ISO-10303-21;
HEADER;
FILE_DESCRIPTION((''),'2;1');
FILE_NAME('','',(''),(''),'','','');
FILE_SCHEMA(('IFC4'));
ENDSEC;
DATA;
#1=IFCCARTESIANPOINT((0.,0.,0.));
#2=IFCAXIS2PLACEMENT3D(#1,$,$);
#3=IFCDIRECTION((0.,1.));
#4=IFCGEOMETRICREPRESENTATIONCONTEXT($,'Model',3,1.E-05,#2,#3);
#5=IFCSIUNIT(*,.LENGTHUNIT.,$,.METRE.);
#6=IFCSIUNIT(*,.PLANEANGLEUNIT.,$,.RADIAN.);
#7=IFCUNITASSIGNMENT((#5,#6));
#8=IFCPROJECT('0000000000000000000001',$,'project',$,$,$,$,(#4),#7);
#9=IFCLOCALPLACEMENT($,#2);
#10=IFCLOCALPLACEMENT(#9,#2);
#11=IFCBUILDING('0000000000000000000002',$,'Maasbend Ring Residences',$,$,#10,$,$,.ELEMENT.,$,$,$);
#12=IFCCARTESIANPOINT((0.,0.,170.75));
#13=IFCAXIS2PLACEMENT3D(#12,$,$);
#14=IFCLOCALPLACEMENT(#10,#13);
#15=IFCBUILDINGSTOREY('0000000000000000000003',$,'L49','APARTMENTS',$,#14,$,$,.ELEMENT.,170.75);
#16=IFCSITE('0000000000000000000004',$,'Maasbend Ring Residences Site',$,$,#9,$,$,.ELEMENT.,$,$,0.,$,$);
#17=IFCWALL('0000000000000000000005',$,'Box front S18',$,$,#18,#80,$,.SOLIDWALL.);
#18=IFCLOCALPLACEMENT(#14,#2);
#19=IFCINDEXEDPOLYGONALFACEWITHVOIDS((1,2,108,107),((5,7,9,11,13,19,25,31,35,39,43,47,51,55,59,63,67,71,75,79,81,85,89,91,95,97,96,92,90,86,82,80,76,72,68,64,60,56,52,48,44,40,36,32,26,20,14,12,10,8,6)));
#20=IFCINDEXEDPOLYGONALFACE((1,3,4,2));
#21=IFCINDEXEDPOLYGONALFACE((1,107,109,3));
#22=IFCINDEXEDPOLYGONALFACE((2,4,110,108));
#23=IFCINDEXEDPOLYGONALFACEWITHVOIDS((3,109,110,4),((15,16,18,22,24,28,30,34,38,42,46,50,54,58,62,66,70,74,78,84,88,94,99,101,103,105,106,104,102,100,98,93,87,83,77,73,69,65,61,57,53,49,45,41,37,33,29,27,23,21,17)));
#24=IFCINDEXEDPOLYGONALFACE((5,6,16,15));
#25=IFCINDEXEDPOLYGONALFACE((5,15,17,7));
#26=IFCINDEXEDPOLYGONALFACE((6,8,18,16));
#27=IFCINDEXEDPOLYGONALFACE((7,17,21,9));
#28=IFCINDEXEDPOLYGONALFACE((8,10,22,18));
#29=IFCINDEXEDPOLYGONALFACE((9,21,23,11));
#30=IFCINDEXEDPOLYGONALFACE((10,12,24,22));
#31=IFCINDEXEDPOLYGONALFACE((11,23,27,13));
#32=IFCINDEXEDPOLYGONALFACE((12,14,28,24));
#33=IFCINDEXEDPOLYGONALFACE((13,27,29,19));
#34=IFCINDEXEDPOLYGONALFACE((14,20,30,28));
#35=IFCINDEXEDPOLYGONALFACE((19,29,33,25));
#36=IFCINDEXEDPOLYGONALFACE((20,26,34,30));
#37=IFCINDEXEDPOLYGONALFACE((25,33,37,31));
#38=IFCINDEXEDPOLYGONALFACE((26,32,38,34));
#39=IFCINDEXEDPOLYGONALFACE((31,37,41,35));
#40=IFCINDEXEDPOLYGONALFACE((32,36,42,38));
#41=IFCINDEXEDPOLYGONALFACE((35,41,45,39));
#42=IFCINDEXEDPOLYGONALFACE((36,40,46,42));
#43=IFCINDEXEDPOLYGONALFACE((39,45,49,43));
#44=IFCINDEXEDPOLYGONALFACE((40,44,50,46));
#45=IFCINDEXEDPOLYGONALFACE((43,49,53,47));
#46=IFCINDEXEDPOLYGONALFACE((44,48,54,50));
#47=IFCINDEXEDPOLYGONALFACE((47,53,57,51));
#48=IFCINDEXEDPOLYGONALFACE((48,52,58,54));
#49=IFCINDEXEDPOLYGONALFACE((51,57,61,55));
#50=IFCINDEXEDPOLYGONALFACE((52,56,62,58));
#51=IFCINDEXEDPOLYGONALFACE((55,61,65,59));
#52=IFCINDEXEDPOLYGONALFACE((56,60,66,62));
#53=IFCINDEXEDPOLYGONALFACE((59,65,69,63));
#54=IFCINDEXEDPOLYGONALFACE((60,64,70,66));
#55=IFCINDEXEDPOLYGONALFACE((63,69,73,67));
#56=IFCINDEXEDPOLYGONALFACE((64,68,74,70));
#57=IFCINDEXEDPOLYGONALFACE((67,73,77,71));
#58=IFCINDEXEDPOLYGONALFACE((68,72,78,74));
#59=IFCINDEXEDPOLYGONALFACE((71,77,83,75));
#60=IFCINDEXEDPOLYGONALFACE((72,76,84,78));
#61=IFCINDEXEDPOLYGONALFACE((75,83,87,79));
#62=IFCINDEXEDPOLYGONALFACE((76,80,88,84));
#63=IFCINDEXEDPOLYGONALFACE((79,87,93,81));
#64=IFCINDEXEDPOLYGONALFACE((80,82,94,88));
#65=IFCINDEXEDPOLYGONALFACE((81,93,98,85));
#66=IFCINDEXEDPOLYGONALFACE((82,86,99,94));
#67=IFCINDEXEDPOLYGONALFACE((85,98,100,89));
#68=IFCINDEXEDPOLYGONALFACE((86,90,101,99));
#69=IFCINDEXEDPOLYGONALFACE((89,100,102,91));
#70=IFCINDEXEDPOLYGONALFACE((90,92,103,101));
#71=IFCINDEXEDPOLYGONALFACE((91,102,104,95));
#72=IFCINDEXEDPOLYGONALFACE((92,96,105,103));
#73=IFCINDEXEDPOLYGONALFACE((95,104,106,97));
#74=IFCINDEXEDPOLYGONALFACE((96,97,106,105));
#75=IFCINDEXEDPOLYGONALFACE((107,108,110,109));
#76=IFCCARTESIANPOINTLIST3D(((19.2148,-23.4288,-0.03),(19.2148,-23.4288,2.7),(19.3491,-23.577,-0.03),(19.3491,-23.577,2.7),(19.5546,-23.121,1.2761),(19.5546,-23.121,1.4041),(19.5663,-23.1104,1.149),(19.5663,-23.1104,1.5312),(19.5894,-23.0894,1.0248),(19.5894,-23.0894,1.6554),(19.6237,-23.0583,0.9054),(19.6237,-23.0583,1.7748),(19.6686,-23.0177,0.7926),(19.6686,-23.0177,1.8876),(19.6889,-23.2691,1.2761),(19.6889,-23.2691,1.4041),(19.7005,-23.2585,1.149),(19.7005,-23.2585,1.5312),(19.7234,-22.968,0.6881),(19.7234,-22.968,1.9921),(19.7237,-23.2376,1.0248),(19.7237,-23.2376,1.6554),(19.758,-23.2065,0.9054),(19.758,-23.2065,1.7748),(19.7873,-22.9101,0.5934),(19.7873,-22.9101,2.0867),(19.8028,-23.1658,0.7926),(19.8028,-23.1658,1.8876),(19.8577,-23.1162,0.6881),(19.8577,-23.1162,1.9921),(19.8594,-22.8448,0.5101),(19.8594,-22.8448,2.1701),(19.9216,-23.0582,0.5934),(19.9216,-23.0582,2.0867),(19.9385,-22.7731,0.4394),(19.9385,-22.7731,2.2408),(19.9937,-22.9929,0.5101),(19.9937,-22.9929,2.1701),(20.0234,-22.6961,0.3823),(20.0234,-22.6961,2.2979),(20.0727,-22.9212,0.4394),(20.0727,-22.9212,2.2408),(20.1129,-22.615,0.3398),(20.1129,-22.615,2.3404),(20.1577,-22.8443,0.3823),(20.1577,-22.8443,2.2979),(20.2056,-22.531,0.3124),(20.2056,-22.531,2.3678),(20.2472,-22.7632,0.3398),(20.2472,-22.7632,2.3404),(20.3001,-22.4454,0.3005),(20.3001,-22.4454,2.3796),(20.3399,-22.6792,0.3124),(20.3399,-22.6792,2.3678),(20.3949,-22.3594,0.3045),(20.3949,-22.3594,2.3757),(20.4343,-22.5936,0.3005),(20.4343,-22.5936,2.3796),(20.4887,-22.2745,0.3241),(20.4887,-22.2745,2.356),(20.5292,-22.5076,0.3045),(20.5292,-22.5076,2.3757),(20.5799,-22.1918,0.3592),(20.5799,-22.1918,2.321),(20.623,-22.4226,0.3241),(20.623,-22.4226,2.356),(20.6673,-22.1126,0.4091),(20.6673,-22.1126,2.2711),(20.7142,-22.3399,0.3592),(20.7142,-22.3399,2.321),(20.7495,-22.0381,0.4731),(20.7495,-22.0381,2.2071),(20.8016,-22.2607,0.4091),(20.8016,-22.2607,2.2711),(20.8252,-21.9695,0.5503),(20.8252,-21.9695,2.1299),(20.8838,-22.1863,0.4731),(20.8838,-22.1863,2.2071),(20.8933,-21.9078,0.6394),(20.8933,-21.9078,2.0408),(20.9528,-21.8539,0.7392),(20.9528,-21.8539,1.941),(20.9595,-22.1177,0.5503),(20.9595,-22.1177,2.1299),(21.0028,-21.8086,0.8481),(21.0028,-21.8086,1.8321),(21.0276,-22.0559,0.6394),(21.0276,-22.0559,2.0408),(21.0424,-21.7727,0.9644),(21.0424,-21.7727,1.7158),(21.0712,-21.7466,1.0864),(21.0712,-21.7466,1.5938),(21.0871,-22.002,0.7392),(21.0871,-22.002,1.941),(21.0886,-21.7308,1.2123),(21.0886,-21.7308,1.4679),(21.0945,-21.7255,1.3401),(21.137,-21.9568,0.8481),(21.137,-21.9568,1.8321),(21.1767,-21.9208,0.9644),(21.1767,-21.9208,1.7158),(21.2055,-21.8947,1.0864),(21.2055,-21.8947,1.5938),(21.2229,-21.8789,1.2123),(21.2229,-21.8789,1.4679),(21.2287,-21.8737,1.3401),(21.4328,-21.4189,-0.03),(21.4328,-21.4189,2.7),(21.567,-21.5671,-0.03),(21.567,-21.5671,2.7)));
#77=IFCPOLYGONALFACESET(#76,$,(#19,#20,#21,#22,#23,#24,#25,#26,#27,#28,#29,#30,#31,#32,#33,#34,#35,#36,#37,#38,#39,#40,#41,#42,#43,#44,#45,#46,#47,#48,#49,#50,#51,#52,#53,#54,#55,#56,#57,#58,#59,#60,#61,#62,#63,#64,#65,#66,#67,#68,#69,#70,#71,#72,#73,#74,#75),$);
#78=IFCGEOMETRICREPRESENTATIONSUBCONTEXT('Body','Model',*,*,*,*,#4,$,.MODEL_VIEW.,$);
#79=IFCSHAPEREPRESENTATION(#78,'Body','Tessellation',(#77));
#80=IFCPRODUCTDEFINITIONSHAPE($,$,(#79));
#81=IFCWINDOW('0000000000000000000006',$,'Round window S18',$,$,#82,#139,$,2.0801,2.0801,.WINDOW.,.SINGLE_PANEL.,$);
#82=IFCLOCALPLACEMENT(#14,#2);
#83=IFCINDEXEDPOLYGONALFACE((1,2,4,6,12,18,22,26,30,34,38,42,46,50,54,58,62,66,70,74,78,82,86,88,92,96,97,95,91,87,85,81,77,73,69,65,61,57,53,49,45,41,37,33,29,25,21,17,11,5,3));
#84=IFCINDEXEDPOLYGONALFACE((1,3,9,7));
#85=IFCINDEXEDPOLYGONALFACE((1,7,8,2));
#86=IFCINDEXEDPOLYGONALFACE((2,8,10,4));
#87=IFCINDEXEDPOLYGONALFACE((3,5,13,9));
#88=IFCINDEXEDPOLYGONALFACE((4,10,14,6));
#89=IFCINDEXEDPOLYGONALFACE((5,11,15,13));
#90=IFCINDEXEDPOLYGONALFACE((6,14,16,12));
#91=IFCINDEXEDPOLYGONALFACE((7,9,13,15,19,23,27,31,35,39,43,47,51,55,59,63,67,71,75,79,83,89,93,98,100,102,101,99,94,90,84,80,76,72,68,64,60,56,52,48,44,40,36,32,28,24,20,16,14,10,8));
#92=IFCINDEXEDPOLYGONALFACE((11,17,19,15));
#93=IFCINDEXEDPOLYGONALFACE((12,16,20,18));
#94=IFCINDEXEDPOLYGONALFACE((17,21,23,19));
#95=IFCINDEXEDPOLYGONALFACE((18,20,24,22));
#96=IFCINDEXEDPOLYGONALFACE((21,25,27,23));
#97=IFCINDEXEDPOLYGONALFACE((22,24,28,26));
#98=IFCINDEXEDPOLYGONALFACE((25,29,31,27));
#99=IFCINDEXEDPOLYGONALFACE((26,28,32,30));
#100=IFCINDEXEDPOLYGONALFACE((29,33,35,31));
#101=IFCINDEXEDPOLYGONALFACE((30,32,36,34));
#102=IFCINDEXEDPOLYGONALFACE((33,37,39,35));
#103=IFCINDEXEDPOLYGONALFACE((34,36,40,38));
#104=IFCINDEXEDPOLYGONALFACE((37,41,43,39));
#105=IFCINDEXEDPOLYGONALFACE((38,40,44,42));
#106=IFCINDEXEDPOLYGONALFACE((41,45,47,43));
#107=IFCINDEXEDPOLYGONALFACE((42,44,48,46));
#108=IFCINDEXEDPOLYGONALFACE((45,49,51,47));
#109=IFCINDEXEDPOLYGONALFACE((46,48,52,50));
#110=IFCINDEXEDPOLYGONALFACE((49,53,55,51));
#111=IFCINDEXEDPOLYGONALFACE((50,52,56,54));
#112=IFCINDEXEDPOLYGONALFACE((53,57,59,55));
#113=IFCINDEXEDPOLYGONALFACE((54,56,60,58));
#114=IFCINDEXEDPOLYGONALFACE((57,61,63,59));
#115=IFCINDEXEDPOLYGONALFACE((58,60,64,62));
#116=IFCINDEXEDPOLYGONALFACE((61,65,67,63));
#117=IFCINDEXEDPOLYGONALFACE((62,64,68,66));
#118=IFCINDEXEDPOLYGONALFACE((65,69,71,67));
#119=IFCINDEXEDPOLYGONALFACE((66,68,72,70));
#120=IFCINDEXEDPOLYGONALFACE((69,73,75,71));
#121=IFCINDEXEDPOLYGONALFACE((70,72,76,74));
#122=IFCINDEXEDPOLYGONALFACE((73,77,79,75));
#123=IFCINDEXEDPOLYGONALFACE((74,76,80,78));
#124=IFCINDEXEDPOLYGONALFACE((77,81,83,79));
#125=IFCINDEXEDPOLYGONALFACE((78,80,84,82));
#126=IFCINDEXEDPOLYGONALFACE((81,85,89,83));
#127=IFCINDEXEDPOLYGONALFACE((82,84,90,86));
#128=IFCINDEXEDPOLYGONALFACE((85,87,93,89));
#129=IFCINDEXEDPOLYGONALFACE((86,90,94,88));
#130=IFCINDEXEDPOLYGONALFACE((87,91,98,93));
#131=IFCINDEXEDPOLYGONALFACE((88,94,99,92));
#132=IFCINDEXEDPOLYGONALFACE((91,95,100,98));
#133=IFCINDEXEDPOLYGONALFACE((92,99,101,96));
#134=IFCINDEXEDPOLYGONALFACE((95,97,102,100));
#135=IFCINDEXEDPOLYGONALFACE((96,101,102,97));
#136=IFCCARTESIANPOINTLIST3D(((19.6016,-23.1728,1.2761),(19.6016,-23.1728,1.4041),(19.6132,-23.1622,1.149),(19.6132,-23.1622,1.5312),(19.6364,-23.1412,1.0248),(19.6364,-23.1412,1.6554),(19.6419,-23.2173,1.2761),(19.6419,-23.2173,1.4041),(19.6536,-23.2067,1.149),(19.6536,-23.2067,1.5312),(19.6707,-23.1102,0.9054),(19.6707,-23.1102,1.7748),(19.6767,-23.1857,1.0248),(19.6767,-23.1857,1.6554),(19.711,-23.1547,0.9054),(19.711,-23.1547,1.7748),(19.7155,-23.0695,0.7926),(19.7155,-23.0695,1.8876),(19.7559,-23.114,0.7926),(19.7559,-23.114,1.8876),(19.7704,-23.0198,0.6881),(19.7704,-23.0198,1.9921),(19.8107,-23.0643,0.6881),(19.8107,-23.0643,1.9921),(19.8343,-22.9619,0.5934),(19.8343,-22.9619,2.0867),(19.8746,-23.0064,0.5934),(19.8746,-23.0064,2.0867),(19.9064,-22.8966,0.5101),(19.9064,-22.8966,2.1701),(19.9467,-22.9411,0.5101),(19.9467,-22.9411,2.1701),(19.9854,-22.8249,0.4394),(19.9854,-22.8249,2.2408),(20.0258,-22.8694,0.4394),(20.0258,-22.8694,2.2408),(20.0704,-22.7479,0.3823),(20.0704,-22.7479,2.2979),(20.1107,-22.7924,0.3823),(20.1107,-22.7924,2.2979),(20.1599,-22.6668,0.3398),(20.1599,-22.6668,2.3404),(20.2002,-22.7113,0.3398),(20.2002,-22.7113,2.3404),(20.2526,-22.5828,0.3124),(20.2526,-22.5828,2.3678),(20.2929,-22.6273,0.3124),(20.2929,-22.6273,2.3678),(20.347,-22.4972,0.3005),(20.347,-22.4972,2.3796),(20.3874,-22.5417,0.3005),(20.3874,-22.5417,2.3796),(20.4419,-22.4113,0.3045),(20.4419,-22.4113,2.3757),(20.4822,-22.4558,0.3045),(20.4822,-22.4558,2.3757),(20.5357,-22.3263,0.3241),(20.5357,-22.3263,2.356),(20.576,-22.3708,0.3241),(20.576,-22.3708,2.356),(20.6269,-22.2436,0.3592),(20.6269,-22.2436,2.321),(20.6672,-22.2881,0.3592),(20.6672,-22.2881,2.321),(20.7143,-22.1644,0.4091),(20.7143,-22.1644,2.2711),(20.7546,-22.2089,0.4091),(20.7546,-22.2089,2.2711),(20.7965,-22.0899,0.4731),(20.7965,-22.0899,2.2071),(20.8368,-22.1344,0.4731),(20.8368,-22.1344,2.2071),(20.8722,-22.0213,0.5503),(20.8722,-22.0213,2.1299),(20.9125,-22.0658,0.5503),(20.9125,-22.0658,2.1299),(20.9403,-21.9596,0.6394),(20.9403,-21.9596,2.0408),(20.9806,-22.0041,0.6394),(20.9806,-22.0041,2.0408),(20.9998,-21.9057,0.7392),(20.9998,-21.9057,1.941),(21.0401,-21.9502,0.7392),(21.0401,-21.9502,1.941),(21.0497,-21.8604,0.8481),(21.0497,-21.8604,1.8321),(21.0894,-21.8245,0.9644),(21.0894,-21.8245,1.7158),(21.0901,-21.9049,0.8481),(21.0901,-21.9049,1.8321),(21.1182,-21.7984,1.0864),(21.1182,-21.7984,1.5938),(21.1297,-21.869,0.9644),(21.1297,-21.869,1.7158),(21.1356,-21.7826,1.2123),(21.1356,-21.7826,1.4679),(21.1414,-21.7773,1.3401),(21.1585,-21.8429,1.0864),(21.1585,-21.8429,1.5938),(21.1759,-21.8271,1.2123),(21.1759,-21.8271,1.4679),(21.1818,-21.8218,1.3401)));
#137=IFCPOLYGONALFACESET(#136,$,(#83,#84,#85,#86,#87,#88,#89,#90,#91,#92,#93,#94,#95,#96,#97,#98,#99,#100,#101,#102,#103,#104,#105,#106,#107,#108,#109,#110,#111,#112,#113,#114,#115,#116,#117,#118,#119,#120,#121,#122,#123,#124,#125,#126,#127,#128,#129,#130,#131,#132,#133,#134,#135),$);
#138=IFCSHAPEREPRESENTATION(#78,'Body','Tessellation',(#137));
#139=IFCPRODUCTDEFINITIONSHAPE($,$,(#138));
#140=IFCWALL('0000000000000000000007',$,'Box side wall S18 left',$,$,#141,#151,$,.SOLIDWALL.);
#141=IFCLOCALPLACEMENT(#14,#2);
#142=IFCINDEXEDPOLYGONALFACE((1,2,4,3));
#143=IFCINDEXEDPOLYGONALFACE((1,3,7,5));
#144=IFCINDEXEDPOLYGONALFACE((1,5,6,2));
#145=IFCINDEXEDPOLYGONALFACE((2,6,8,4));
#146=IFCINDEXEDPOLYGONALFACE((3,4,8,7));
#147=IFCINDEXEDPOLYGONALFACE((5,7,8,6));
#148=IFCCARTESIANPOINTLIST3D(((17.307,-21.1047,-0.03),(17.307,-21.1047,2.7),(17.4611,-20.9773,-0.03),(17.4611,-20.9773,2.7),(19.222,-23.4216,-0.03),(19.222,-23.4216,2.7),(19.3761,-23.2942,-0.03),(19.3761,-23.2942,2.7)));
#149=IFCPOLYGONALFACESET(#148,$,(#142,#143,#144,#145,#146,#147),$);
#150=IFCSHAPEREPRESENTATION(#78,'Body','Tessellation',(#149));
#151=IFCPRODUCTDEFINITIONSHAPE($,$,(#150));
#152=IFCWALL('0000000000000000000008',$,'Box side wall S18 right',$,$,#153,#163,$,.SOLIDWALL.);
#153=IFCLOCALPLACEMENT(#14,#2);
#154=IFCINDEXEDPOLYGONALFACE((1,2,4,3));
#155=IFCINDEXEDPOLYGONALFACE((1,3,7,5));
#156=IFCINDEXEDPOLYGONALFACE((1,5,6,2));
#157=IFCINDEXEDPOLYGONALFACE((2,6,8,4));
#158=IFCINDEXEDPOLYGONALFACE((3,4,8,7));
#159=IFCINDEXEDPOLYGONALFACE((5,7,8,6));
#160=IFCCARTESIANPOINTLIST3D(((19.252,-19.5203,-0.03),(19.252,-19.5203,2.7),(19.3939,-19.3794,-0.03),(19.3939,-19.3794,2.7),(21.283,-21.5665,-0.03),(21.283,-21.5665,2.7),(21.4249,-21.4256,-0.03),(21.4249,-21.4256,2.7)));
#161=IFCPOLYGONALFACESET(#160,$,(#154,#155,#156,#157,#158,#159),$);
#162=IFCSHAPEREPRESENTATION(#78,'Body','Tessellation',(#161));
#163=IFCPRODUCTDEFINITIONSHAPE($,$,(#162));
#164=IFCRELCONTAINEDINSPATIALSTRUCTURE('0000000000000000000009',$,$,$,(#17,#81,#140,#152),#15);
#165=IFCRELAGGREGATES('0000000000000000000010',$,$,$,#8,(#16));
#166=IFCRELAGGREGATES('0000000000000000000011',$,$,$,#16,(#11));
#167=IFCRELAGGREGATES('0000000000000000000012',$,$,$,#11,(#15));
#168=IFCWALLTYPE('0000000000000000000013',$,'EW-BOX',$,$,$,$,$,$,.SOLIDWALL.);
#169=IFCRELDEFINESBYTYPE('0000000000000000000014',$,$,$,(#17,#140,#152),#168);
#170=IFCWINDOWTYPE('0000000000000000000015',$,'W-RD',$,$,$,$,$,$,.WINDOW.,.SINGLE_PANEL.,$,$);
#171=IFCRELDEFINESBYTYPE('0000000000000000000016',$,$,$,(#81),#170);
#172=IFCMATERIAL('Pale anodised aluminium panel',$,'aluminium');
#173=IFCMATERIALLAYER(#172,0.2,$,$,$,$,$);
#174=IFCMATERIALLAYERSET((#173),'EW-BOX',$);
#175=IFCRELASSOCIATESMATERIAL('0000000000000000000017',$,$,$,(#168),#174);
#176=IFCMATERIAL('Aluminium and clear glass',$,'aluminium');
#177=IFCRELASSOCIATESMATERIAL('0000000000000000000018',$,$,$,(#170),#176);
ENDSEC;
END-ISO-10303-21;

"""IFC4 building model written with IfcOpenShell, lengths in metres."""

from ifc_helpers import new_model, si_unit, direction, frame, frame_2d, origin, place, context, subcontext, project, spatial, rectangle, circle, extrude, material, layer, layer_set, type_object, element, fill, save


model = new_model("IFC4")

# Units and contexts
model_context = context("Model", 3, precision=1e-05, world=origin(), true_north=direction((0.0, 1.0)))
body_context = subcontext(model_context, "Body", "Model", "MODEL_VIEW")
ifc_project = project(units=[si_unit("LENGTHUNIT", "METRE"), si_unit("PLANEANGLEUNIT", "RADIAN")], contexts=[model_context])

# Site, building, storey
site_placement = place(None, origin())
site = spatial("IfcSite", under=ifc_project, at=site_placement, Name="Maasbend Ring Residences Site", CompositionType="ELEMENT", RefElevation=0.0)
building_placement = place(site_placement, origin())
building = spatial("IfcBuilding", under=site, at=building_placement, Name="Maasbend Ring Residences", CompositionType="ELEMENT")
storey_placement = place(building_placement, frame((0.0, 0.0, 170.75)))
storey = spatial("IfcBuildingStorey", under=building, at=storey_placement, Name="L49", Description="APARTMENTS", CompositionType="ELEMENT", Elevation=170.75)

# Wall, opening, window
ifc_material_1 = material(Name="Pale anodised aluminium panel", Category="aluminium")
ifc_layer_1 = layer(ifc_material_1, 0.2)
ifc_layer_set_1 = layer_set([ifc_layer_1], Name="EW-BOX")
wall_type_1 = type_object("IfcWallType", Name="EW-BOX", PredefinedType="SOLIDWALL", material=ifc_layer_set_1)
wall_1_placement = place(storey_placement, frame((19.282, -23.5029, -0.03), z_axis=(0.0, 0.0, 1.0), x_axis=(0.740998, 0.671507, 0.0)))
wall_1 = element("IfcWall", 1, at=wall_1_placement, inside=storey, type_object=wall_type_1, Name="Box front S18", PredefinedType="SOLIDWALL", context=body_context, shape_type="SweptSolid", body=[
    extrude(rectangle(XDim=2.9932, YDim=0.2, at=frame_2d((1.4966, 0.0))), origin(), (0.0, 0.0, 1.0), 2.73),
])
opening_1_placement = place(wall_1_placement, frame((0.4565, 0.0, 0.3301)))
opening_1 = element("IfcOpeningElement", 2, at=opening_1_placement, cuts=wall_1, PredefinedType="OPENING", context=body_context, shape_type="SweptSolid", body=[
    extrude(circle(Radius=1.04, at=frame_2d((1.04, 1.04))), frame((0.0, 0.1099, 0.0), z_axis=(0.0, -1.0, 0.0), x_axis=(1.0, 0.0, 0.0)), (0.0, 0.0, 1.0), 0.22),
])
ifc_material_2 = material(Name="Aluminium and clear glass", Category="aluminium")
window_type_1 = type_object("IfcWindowType", Name="W-RD", PartitioningType="SINGLE_PANEL", PredefinedType="WINDOW", material=ifc_material_2)
window_1_placement = place(opening_1_placement, origin())
window_1 = element("IfcWindow", 3, at=window_1_placement, inside=storey, type_object=window_type_1, Name="Round window S18", OverallHeight=2.0801, OverallWidth=2.0801, PartitioningType="SINGLE_PANEL", PredefinedType="WINDOW", context=body_context, shape_type="SweptSolid", body=[
    extrude(circle(Radius=1.04, at=frame_2d((1.04, 1.04))), frame((0.0, 0.03, 0.0), z_axis=(0.0, -1.0, 0.0), x_axis=(1.0, 0.0, 0.0)), (0.0, 0.0, 1.0), 0.0601),
])
fill(opening_1, window_1)

# Walls
wall_2_placement = place(storey_placement, frame((17.384, -21.041, -0.03), z_axis=(0.0, 0.0, 1.0), x_axis=(0.637096, -0.770785, 0.0)))
element("IfcWall", 4, at=wall_2_placement, inside=storey, type_object=wall_type_1, Name="Box side wall S18 left", PredefinedType="SOLIDWALL", context=body_context, shape_type="SweptSolid", body=[
    extrude(rectangle(XDim=3.0059, YDim=0.2, at=frame_2d((1.5029, 0.0))), origin(), (0.0, 0.0, 1.0), 2.73),
])
wall_3_placement = place(storey_placement, frame((19.323, -19.45, -0.03), z_axis=(0.0, 0.0, 1.0), x_axis=(0.704477, -0.709727, 0.0)))
element("IfcWall", 5, at=wall_3_placement, inside=storey, type_object=wall_type_1, Name="Box side wall S18 right", PredefinedType="SOLIDWALL", context=body_context, shape_type="SweptSolid", body=[
    extrude(rectangle(XDim=2.8831, YDim=0.2, at=frame_2d((1.4414, 0.0))), origin(), (0.0, 0.0, 1.0), 2.73),
])

save(model, "model.ifc")
